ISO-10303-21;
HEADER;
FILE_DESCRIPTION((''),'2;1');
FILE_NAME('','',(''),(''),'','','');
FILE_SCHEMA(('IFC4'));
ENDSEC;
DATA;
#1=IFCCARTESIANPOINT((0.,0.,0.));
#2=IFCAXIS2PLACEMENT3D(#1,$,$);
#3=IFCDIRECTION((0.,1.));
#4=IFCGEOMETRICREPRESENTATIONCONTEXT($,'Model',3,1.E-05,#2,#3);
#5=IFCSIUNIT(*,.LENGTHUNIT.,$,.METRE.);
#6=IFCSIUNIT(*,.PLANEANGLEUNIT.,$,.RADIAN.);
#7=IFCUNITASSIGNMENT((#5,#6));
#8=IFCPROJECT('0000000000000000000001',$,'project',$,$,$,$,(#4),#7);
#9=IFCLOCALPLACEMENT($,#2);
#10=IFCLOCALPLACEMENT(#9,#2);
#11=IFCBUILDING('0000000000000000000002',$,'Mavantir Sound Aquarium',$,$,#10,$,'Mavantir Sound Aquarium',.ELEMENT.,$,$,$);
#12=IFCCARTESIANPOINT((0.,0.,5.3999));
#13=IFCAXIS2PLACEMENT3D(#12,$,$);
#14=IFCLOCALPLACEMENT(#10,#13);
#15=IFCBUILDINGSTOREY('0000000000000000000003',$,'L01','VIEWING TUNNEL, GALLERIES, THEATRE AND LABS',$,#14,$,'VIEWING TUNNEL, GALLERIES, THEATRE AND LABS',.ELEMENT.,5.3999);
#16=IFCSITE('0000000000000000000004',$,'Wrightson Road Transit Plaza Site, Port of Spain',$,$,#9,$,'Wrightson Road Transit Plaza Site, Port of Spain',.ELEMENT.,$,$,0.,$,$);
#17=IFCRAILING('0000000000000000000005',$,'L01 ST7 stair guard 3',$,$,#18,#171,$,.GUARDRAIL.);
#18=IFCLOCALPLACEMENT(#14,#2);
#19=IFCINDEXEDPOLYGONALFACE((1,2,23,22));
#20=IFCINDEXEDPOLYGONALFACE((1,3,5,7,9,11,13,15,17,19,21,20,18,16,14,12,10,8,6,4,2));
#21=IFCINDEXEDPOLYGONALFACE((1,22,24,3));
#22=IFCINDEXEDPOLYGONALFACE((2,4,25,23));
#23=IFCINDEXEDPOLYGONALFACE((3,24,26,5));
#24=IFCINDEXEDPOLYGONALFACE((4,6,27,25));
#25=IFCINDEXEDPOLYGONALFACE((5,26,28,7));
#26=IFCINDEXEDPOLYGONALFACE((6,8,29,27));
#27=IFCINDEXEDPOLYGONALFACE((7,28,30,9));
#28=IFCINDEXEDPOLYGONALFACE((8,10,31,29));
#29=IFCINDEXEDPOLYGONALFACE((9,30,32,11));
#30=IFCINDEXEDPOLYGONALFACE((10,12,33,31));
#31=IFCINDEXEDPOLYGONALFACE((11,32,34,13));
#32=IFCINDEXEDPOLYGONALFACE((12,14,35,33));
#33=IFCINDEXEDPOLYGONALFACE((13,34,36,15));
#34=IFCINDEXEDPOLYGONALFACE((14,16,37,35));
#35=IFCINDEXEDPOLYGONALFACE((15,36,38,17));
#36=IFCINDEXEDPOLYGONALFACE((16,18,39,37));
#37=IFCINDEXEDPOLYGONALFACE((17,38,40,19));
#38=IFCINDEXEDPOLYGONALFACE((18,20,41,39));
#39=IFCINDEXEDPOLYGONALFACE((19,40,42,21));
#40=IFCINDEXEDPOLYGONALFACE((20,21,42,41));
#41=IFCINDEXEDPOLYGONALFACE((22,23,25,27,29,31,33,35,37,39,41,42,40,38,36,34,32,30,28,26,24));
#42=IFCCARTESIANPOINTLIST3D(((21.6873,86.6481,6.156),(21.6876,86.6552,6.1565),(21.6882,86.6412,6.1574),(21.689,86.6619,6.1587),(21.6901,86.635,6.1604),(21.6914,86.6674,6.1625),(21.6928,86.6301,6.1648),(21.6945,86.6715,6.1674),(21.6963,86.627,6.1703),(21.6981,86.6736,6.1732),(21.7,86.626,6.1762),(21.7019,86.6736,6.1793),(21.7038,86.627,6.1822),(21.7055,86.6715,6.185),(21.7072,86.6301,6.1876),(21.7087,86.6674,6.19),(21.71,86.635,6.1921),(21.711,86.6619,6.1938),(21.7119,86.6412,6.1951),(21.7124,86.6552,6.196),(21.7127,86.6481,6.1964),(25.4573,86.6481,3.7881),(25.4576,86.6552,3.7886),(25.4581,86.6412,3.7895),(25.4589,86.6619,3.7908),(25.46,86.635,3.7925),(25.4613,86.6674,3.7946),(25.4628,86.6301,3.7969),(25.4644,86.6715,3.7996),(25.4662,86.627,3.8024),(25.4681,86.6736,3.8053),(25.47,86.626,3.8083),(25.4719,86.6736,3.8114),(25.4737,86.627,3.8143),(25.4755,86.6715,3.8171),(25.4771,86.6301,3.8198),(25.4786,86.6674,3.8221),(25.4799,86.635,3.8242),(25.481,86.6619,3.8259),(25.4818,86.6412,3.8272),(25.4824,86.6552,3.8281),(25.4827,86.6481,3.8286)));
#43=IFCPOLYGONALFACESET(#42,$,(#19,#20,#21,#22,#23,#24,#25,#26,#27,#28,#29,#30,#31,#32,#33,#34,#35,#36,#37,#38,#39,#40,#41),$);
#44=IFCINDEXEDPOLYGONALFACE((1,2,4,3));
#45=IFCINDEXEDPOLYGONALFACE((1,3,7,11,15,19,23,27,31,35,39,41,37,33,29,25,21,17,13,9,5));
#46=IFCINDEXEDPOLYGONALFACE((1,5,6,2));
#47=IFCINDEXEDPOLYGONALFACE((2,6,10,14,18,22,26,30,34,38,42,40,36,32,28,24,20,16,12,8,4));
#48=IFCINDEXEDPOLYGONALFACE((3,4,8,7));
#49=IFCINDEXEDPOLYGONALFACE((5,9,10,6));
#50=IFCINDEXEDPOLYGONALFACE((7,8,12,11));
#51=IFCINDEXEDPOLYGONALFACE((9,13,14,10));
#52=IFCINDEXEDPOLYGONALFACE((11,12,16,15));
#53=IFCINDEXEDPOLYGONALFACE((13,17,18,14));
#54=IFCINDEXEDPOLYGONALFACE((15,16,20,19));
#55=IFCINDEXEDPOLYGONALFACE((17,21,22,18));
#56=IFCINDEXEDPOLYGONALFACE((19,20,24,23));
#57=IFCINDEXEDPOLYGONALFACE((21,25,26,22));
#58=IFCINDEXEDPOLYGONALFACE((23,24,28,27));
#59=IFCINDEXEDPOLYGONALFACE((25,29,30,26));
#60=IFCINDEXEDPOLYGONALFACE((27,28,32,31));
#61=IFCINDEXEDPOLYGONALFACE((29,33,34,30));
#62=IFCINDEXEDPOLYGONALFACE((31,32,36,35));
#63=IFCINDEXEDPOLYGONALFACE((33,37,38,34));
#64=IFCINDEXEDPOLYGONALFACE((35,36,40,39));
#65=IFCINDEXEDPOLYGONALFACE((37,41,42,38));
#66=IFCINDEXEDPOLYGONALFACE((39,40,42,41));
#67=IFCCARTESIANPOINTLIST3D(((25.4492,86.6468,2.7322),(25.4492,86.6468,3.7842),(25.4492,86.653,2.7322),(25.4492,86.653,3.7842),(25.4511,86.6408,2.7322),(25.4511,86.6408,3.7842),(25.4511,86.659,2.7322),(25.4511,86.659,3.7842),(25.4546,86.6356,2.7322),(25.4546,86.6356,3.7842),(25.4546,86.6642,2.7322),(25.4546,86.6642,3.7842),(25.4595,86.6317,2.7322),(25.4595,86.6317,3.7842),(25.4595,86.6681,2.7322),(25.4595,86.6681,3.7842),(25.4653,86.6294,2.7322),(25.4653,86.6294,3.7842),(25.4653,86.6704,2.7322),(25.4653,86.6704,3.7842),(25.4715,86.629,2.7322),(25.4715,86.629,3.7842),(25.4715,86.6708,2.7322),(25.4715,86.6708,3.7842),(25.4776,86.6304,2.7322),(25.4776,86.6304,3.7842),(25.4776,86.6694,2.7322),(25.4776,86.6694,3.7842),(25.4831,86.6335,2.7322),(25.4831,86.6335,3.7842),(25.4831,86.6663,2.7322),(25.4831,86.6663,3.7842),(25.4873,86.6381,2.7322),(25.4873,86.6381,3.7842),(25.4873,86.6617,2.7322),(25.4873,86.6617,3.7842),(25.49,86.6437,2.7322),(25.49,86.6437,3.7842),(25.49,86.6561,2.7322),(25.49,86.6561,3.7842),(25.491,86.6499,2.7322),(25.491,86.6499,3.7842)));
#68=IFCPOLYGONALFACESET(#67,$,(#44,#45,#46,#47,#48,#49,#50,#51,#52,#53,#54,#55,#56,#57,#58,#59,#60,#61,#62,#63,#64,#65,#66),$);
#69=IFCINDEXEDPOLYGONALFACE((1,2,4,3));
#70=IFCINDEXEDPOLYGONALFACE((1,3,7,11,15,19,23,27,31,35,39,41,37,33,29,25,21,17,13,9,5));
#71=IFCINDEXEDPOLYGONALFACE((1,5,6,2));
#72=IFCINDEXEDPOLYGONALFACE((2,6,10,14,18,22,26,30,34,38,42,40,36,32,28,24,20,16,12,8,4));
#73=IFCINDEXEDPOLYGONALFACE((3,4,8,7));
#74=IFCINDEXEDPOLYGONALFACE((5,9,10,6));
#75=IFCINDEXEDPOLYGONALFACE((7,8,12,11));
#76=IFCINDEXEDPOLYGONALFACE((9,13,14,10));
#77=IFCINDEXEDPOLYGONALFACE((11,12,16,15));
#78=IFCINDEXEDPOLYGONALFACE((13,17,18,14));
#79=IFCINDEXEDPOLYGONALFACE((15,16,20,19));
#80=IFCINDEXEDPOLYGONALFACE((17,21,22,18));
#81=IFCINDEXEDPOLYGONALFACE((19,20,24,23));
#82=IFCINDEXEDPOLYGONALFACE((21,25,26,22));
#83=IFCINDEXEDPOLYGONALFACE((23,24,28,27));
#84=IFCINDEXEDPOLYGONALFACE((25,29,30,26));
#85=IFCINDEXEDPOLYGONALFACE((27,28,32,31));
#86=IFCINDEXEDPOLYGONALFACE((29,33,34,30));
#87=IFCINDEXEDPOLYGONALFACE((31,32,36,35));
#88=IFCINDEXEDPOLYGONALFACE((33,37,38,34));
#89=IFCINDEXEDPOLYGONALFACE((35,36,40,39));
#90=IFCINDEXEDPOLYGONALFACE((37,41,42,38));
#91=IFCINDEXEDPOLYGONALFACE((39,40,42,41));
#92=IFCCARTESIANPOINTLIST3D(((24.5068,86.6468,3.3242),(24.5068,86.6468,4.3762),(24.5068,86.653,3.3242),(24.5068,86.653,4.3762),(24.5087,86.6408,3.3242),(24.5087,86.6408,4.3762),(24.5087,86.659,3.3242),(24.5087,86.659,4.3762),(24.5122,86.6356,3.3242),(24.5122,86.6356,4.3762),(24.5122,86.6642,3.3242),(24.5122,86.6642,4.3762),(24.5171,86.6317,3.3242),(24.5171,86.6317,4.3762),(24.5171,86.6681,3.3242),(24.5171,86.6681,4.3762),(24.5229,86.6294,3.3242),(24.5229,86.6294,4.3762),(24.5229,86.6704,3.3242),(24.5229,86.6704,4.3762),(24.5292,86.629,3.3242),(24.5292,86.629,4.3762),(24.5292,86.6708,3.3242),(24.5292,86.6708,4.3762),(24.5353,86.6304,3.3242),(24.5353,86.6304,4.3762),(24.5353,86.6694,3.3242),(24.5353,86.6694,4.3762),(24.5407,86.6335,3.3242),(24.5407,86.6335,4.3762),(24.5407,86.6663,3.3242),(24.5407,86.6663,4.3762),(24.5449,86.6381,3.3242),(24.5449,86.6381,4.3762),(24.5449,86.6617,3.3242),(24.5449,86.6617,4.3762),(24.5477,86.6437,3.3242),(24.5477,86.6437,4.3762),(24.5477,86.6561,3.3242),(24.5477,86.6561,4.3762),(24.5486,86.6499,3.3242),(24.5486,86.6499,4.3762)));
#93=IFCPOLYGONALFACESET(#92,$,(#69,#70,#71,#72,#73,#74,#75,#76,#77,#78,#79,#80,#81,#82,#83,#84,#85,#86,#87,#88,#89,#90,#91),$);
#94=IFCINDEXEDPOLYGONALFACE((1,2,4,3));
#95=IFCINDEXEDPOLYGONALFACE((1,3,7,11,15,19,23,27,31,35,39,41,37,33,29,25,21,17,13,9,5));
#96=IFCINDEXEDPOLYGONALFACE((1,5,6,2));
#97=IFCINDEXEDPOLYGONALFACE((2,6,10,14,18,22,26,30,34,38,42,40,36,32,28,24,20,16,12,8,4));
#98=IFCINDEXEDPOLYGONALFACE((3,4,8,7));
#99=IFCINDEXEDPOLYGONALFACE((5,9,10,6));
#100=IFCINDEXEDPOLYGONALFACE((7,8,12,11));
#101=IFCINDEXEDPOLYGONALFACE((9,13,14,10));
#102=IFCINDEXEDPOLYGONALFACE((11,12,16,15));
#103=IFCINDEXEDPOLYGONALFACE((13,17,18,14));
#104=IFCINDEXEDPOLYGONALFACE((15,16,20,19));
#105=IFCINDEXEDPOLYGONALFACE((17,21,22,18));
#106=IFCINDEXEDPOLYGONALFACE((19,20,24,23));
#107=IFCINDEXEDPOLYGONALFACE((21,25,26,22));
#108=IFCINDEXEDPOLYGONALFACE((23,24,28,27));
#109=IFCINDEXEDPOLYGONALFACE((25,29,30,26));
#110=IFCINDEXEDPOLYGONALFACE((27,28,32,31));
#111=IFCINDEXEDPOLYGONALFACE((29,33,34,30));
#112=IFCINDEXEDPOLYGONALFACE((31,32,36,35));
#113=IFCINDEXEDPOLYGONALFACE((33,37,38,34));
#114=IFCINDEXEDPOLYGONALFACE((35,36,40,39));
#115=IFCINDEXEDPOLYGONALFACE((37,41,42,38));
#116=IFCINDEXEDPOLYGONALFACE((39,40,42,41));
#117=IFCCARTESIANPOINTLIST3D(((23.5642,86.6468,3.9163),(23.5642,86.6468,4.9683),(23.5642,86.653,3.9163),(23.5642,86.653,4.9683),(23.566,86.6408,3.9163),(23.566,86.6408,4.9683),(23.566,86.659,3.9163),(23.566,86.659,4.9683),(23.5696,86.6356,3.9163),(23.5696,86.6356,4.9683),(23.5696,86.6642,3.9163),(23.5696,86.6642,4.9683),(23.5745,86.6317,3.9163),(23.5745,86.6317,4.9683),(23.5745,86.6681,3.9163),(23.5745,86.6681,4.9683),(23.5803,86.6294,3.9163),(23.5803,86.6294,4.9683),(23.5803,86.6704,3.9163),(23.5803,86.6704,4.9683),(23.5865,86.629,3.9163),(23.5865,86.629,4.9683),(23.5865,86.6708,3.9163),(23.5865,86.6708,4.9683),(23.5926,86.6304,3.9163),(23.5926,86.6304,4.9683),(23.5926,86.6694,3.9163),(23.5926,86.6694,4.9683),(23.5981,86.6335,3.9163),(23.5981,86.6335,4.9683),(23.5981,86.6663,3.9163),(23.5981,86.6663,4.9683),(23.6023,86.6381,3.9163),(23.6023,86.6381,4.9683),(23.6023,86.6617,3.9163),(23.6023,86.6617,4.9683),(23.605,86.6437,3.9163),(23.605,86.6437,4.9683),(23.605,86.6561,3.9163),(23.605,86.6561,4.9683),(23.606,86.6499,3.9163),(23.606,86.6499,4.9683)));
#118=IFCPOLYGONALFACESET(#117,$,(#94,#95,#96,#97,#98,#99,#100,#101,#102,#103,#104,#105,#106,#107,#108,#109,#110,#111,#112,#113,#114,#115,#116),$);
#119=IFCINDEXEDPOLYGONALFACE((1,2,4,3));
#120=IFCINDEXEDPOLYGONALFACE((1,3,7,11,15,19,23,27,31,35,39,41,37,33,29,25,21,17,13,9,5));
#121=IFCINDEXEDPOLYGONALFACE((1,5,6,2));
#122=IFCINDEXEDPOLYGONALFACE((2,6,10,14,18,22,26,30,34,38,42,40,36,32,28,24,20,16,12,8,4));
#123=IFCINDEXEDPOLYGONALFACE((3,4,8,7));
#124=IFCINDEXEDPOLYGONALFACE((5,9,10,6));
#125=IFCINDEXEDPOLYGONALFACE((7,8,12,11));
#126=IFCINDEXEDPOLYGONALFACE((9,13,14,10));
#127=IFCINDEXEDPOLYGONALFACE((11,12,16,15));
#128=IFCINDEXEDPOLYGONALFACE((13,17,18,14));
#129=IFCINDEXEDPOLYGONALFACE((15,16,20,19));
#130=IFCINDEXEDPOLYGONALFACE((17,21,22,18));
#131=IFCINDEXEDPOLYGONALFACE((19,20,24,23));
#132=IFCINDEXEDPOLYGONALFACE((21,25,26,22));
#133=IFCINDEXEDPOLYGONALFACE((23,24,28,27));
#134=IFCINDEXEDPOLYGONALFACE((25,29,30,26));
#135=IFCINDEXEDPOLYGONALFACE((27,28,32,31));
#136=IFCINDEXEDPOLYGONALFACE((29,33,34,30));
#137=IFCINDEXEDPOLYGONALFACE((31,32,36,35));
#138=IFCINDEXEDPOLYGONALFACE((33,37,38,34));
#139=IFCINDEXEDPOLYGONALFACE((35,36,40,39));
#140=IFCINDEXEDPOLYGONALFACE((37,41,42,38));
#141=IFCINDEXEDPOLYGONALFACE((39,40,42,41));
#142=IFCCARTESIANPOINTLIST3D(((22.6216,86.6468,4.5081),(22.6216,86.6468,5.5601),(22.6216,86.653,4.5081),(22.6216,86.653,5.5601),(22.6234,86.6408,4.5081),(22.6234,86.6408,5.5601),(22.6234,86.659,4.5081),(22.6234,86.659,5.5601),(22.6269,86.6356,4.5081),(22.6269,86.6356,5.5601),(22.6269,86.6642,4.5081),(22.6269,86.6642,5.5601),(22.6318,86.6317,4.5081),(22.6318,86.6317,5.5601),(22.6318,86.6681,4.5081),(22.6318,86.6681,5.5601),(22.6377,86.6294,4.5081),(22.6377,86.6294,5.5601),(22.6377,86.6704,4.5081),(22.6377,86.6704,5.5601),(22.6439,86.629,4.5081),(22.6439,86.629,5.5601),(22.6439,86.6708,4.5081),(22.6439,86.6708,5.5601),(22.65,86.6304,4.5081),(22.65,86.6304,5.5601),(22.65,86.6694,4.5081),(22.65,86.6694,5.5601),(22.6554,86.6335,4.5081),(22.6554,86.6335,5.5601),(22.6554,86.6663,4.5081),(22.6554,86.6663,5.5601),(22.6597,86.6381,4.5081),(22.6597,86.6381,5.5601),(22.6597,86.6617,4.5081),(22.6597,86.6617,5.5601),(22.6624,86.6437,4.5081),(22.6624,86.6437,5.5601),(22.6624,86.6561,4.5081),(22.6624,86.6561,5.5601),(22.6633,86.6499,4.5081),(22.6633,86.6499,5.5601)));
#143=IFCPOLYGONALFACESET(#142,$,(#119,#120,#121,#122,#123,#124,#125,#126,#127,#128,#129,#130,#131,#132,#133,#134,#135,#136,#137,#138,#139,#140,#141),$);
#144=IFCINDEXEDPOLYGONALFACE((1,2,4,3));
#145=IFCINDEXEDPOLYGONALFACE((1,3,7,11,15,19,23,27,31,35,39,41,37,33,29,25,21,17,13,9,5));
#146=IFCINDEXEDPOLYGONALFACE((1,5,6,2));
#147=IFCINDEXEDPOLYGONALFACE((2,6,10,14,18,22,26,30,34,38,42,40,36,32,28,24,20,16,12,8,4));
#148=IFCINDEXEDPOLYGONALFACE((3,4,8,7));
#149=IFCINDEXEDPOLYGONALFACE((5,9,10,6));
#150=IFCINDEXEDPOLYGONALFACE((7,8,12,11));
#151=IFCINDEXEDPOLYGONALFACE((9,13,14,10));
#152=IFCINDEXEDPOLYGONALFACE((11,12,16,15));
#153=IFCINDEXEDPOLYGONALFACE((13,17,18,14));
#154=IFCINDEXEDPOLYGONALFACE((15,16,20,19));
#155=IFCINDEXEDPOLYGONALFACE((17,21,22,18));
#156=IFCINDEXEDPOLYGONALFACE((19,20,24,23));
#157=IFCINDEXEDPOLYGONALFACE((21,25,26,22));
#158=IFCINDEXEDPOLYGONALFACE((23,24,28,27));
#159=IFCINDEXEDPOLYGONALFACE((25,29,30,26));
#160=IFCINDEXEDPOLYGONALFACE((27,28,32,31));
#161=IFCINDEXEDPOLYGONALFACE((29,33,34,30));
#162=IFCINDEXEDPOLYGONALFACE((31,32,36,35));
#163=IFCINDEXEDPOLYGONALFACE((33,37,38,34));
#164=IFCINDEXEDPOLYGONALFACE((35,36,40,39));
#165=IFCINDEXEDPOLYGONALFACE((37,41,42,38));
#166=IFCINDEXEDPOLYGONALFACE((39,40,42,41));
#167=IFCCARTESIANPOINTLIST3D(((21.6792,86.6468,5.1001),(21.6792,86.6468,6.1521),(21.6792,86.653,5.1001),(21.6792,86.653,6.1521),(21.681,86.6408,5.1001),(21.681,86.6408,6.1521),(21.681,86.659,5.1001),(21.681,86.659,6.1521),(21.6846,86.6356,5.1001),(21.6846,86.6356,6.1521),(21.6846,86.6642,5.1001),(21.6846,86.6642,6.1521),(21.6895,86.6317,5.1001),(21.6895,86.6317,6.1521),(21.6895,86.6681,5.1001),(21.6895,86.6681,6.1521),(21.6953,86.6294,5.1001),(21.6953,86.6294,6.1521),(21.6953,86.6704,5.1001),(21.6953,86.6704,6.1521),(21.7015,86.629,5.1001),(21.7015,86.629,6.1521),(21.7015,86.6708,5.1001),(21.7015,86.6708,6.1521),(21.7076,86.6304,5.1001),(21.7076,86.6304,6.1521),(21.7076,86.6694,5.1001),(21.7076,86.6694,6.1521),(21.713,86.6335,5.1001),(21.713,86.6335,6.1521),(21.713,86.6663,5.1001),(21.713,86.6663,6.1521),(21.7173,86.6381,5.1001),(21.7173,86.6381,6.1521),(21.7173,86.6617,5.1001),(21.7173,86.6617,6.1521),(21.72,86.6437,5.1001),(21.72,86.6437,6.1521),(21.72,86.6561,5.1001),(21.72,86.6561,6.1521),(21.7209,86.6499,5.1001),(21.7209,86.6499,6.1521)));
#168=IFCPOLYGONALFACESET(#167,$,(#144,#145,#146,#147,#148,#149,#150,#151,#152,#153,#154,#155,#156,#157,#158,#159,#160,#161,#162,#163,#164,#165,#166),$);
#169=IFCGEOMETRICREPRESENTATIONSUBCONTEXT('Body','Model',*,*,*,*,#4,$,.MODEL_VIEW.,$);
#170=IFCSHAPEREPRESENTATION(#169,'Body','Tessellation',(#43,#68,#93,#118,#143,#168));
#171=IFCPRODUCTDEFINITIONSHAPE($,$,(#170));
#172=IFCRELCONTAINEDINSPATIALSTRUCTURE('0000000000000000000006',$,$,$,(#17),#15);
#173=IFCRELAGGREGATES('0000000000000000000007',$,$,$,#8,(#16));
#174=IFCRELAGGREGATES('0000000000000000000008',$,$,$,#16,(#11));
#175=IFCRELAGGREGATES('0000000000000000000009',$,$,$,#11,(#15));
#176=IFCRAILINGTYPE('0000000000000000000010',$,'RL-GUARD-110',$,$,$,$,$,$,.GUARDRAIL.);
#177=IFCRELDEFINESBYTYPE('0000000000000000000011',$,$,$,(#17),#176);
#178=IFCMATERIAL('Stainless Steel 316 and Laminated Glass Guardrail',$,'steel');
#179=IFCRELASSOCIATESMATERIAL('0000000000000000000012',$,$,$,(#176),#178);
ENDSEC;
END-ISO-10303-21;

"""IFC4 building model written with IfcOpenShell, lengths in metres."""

from ifc_helpers import new_model, si_unit, direction, frame, origin, origin_2d, place, context, subcontext, project, spatial, circle, extrude, material, type_object, element, save


model = new_model("IFC4")

# Units and contexts
model_context = context("Model", 3, precision=1e-05, world=origin(), true_north=direction((0.0, 1.0)))
body_context = subcontext(model_context, "Body", "Model", "MODEL_VIEW")
ifc_project = project(units=[si_unit("LENGTHUNIT", "METRE"), si_unit("PLANEANGLEUNIT", "RADIAN")], contexts=[model_context])

# Site, building, storey
site_placement = place(None, origin())
site = spatial("IfcSite", under=ifc_project, at=site_placement, Name="Wrightson Road Transit Plaza Site, Port of Spain", LongName="Wrightson Road Transit Plaza Site, Port of Spain", CompositionType="ELEMENT", RefElevation=0.0)
building_placement = place(site_placement, origin())
building = spatial("IfcBuilding", under=site, at=building_placement, Name="Mavantir Sound Aquarium", LongName="Mavantir Sound Aquarium", CompositionType="ELEMENT")
storey_placement = place(building_placement, frame((0.0, 0.0, 5.3999)))
storey = spatial("IfcBuildingStorey", under=building, at=storey_placement, Name="L01", Description="VIEWING TUNNEL, GALLERIES, THEATRE AND LABS", LongName="VIEWING TUNNEL, GALLERIES, THEATRE AND LABS", CompositionType="ELEMENT", Elevation=5.3999)

# Railing
ifc_material_1 = material(Name="Stainless Steel 316 and Laminated Glass Guardrail", Category="steel")
railing_type_1 = type_object("IfcRailingType", Name="RL-GUARD-110", PredefinedType="GUARDRAIL", material=ifc_material_1)
railing_1_placement = place(storey_placement, frame((25.47, 86.6499, 2.7322)))
element("IfcRailing", 1, at=railing_1_placement, inside=storey, type_object=railing_type_1, Name="L01 ST7 stair guard 3", PredefinedType="GUARDRAIL", context=body_context, shape_type="SweptSolid", body=[
    extrude(circle(Radius=0.0239, at=origin_2d()), frame((0.0, 0.0, 1.0762), z_axis=(-0.846819, 0.0, 0.531881), x_axis=(0.0, -1.0, 0.0)), (0.0, 0.0, 1.0), 4.4519),
    extrude(circle(Radius=0.021, at=origin_2d()), origin(), (0.0, 0.0, 1.0), 1.052),
    extrude(circle(Radius=0.021, at=origin_2d()), frame((-0.9424, 0.0, 0.592)), (0.0, 0.0, 1.0), 1.052),
    extrude(circle(Radius=0.021, at=origin_2d()), frame((-1.885, 0.0, 1.1841)), (0.0, 0.0, 1.0), 1.052),
    extrude(circle(Radius=0.021, at=origin_2d()), frame((-2.8276, 0.0, 1.7759)), (0.0, 0.0, 1.0), 1.052),
    extrude(circle(Radius=0.021, at=origin_2d()), frame((-3.77, 0.0, 2.3679)), (0.0, 0.0, 1.0), 1.052),
])

save(model, "model.ifc")
